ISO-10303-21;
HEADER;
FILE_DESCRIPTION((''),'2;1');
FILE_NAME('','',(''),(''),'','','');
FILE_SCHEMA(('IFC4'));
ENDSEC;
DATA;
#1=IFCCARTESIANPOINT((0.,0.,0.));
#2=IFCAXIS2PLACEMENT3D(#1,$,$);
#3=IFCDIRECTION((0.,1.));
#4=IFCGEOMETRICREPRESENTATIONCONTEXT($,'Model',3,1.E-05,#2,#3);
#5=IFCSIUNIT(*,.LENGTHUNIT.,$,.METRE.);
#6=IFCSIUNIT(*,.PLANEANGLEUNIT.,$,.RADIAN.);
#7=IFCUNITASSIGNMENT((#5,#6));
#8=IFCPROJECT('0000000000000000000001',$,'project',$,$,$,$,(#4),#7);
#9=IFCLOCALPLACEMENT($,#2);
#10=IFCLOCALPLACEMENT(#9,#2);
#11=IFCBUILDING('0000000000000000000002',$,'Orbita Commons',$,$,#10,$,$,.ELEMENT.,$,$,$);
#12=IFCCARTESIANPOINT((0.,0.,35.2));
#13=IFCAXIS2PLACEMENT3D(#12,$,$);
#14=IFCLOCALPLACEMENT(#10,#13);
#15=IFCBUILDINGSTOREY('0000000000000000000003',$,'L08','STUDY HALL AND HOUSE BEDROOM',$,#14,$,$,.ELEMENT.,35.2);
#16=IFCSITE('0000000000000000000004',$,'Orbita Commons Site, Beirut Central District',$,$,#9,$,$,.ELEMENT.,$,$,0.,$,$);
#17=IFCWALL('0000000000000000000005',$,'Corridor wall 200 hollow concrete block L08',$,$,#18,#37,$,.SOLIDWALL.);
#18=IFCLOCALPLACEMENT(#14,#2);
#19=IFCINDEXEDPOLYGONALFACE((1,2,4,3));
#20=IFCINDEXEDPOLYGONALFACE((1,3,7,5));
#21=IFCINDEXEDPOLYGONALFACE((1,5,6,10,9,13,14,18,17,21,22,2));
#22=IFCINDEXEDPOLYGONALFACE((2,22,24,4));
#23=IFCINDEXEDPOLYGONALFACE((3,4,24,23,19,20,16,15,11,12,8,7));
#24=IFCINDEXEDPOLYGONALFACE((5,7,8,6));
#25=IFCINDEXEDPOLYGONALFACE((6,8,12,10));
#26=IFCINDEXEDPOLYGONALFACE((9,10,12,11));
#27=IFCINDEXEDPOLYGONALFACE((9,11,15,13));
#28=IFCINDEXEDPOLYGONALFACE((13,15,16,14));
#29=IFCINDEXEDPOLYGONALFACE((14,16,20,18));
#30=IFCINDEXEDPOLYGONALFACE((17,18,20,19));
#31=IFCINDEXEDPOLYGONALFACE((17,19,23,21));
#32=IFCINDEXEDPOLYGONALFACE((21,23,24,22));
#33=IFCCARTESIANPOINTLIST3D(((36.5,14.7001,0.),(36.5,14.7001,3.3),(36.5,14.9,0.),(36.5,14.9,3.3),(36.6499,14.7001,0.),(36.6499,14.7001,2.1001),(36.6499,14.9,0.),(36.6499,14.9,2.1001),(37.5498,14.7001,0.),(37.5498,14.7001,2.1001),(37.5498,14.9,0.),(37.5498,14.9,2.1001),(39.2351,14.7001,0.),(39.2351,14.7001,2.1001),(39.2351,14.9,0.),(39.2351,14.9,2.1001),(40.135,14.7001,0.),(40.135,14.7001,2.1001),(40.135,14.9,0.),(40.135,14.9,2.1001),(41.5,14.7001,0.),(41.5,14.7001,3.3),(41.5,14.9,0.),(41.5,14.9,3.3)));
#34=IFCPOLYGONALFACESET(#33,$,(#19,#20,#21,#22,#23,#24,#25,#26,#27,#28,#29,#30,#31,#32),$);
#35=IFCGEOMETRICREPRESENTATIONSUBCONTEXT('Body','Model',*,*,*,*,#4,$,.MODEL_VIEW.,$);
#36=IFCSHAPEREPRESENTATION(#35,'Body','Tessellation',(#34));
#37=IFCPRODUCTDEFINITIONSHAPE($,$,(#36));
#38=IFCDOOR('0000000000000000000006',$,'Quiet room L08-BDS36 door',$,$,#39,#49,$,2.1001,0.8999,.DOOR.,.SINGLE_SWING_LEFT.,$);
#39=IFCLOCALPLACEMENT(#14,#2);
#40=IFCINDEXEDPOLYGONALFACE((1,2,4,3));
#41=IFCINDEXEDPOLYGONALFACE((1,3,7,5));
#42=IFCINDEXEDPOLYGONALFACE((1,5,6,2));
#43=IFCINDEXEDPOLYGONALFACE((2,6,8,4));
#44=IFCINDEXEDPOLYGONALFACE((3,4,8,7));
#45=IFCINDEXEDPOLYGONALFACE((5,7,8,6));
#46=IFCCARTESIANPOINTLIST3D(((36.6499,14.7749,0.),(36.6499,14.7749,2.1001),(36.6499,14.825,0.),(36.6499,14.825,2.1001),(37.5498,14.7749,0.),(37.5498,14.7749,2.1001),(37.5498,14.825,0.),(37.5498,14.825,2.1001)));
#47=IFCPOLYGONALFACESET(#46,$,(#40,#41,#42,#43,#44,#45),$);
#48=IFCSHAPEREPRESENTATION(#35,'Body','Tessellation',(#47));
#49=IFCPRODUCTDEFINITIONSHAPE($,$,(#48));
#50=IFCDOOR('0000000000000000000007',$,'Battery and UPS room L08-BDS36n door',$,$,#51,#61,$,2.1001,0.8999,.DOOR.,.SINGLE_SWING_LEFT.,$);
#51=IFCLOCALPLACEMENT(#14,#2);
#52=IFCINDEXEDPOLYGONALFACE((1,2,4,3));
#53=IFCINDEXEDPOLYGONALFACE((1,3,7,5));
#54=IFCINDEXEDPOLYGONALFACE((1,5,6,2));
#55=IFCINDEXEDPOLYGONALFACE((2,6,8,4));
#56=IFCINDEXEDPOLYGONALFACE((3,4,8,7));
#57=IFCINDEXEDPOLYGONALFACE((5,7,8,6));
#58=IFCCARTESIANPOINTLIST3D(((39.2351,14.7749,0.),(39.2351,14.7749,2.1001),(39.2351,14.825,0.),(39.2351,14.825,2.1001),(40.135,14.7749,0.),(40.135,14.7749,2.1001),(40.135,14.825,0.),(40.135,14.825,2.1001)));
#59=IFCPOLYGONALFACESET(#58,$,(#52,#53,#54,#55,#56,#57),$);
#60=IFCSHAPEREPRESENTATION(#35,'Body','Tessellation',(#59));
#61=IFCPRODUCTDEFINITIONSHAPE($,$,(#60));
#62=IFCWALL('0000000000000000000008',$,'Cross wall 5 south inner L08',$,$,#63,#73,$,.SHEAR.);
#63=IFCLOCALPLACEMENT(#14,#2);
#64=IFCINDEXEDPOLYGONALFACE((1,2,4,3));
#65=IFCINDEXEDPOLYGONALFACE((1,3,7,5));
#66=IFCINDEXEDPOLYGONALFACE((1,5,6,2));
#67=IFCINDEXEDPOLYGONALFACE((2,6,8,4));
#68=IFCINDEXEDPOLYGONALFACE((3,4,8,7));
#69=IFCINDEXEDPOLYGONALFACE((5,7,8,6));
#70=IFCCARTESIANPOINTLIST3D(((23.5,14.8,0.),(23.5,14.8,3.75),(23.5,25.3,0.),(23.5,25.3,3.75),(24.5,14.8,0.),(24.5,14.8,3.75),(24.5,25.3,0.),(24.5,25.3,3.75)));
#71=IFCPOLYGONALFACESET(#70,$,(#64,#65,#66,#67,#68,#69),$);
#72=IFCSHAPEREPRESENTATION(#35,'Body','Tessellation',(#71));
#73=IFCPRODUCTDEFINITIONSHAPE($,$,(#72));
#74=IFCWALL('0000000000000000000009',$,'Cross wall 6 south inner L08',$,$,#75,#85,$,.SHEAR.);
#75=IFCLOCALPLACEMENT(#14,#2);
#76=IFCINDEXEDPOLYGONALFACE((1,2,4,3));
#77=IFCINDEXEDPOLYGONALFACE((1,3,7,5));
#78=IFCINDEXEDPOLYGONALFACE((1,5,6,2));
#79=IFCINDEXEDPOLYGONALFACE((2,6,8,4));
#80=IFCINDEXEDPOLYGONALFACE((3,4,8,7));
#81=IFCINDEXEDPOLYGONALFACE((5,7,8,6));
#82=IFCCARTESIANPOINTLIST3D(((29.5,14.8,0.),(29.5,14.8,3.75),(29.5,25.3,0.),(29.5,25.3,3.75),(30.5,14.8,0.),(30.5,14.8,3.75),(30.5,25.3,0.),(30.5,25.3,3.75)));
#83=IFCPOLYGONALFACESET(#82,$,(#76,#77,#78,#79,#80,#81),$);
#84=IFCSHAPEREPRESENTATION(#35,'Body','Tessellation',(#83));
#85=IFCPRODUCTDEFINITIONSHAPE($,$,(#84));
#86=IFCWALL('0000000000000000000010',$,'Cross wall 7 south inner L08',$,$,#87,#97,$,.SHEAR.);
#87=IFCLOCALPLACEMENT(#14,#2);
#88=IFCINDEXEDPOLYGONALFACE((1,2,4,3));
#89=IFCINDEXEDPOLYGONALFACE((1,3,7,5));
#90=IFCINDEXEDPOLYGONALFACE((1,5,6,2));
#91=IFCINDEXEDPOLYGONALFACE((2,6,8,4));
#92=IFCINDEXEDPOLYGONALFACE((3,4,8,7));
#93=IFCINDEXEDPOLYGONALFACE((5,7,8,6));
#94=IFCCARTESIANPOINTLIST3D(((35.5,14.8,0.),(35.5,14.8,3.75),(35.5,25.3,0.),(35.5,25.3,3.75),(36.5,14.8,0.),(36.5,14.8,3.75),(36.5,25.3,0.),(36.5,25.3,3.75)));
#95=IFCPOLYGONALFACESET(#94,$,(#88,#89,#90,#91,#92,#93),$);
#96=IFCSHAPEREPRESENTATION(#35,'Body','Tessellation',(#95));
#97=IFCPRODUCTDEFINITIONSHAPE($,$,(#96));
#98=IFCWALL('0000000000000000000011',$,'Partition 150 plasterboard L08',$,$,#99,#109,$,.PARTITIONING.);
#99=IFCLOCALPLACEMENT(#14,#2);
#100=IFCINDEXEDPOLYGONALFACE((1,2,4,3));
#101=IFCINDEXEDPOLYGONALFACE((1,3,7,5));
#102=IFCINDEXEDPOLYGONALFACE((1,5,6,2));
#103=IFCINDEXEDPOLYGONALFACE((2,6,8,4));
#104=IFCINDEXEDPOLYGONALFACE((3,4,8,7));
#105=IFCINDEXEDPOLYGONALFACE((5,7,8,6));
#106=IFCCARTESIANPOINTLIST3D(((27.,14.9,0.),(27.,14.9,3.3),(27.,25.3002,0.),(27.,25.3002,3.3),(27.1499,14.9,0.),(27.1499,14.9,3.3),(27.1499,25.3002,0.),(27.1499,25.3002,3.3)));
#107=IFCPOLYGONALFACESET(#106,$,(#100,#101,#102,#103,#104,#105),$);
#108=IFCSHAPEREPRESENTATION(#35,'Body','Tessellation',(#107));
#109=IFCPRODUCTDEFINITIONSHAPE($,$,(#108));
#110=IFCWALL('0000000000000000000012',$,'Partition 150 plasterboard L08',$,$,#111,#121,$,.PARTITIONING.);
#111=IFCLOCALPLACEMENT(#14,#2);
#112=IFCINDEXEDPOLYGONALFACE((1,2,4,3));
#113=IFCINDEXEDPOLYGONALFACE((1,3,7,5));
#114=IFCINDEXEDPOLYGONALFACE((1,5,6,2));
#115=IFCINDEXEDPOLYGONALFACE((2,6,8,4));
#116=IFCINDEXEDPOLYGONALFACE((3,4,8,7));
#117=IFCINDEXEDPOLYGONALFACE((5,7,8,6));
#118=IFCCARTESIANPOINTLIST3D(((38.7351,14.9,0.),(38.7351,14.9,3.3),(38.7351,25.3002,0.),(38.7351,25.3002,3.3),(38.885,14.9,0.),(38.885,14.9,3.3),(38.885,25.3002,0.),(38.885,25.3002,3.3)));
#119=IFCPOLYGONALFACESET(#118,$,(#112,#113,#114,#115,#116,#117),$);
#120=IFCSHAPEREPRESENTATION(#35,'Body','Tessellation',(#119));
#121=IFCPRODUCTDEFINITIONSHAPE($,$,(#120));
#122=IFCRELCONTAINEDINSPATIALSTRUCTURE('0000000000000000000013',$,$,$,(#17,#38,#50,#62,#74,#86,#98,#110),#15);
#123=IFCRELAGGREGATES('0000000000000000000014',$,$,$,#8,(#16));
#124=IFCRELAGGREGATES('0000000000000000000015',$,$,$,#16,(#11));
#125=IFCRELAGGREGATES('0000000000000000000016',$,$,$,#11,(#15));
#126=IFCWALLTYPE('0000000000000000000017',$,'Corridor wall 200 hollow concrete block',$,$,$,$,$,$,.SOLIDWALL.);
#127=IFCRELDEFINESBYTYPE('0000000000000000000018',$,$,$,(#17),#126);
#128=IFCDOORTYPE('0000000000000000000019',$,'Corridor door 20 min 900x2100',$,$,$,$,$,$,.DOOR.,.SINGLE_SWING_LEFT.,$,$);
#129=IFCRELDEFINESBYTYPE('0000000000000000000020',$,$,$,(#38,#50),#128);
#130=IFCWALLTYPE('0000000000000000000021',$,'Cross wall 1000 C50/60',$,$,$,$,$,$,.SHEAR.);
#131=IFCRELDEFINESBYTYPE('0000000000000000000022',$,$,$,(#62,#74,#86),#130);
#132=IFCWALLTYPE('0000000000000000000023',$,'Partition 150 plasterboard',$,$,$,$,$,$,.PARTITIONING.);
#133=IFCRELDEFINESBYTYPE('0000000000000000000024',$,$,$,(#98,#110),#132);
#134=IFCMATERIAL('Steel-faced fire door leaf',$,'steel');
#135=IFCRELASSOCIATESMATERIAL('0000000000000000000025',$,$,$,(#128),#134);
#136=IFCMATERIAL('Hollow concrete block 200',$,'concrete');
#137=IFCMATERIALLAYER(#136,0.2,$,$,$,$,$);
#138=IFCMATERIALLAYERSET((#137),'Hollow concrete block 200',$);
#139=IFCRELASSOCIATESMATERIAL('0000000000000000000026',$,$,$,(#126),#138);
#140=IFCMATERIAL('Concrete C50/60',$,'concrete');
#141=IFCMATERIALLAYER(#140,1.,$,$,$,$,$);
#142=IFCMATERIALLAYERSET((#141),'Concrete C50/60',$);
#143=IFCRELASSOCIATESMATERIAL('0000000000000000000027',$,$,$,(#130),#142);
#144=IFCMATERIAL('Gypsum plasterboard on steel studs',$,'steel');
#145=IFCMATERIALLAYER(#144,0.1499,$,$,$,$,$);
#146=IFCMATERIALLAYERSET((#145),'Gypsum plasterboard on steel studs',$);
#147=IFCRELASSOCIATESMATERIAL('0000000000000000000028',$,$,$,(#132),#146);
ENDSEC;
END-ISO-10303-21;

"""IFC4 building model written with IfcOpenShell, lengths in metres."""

from ifc_helpers import new_model, si_unit, direction, frame, frame_2d, origin, place, context, subcontext, project, spatial, rectangle, extrude, material, layer, layer_set, type_object, element, fill, save


model = new_model("IFC4")

# Units and contexts
model_context = context("Model", 3, precision=1e-05, world=origin(), true_north=direction((0.0, 1.0)))
body_context = subcontext(model_context, "Body", "Model", "MODEL_VIEW")
ifc_project = project(units=[si_unit("LENGTHUNIT", "METRE"), si_unit("PLANEANGLEUNIT", "RADIAN")], contexts=[model_context])

# Site, building, storey
site_placement = place(None, origin())
site = spatial("IfcSite", under=ifc_project, at=site_placement, Name="Orbita Commons Site, Beirut Central District", CompositionType="ELEMENT", RefElevation=0.0)
building_placement = place(site_placement, origin())
building = spatial("IfcBuilding", under=site, at=building_placement, Name="Orbita Commons", CompositionType="ELEMENT")
storey_placement = place(building_placement, frame((0.0, 0.0, 35.2)))
storey = spatial("IfcBuildingStorey", under=building, at=storey_placement, Name="L08", Description="STUDY HALL AND HOUSE BEDROOM", CompositionType="ELEMENT", Elevation=35.2)

# Shared definitions
ifc_material_1 = material(Name="Steel-faced fire door leaf", Category="steel")
door_type_1 = type_object("IfcDoorType", Name="Corridor door 20 min 900x2100", OperationType="SINGLE_SWING_LEFT", PredefinedType="DOOR", material=ifc_material_1)

# Shared definitions
ifc_material_2 = material(Name="Hollow concrete block 200", Category="concrete")
ifc_layer_1 = layer(ifc_material_2, 0.2)
ifc_layer_set_1 = layer_set([ifc_layer_1], Name="Hollow concrete block 200")
wall_type_1 = type_object("IfcWallType", Name="Corridor wall 200 hollow concrete block", PredefinedType="SOLIDWALL", material=ifc_layer_set_1)

# Wall, openings, doors
wall_1_placement = place(storey_placement, frame((36.5, 14.8, 0.0), z_axis=(0.0, 0.0, 1.0), x_axis=(1.0, 0.0, 0.0)))
wall_1 = element("IfcWall", 1, at=wall_1_placement, inside=storey, type_object=wall_type_1, Name="Corridor wall 200 hollow concrete block L08", PredefinedType="SOLIDWALL", context=body_context, shape_type="SweptSolid", body=[
    extrude(rectangle(XDim=5.0, YDim=0.2, at=frame_2d((2.5, 0.0))), origin(), (0.0, 0.0, 1.0), 3.3),
])
opening_1_placement = place(wall_1_placement, frame((0.1499, 0.0, 0.0)))
opening_1 = element("IfcOpeningElement", 2, at=opening_1_placement, cuts=wall_1, PredefinedType="OPENING", context=body_context, shape_type="SweptSolid", body=[
    extrude(rectangle(XDim=0.8999, YDim=2.1001, at=frame_2d((0.45, 1.05))), frame((0.0, 0.1099, 0.0), z_axis=(0.0, -1.0, 0.0), x_axis=(1.0, 0.0, 0.0)), (0.0, 0.0, 1.0), 0.22),
])
opening_2_placement = place(wall_1_placement, frame((2.7351, 0.0, 0.0)))
opening_2 = element("IfcOpeningElement", 3, at=opening_2_placement, cuts=wall_1, PredefinedType="OPENING", context=body_context, shape_type="SweptSolid", body=[
    extrude(rectangle(XDim=0.8999, YDim=2.1001, at=frame_2d((0.45, 1.05))), frame((0.0, 0.1099, 0.0), z_axis=(0.0, -1.0, 0.0), x_axis=(1.0, 0.0, 0.0)), (0.0, 0.0, 1.0), 0.22),
])
door_1_placement = place(opening_1_placement, origin())
door_1 = element("IfcDoor", 4, at=door_1_placement, inside=storey, type_object=door_type_1, Name="Quiet room L08-BDS36 door", OperationType="SINGLE_SWING_LEFT", OverallHeight=2.1001, OverallWidth=0.8999, PredefinedType="DOOR", context=body_context, shape_type="SweptSolid", body=[
    extrude(rectangle(XDim=0.8999, YDim=2.1001, at=frame_2d((0.45, 1.05))), frame((0.0, 0.0249, 0.0), z_axis=(0.0, -1.0, 0.0), x_axis=(1.0, 0.0, 0.0)), (0.0, 0.0, 1.0), 0.05),
])
fill(opening_1, door_1)
door_2_placement = place(opening_2_placement, origin())
door_2 = element("IfcDoor", 5, at=door_2_placement, inside=storey, type_object=door_type_1, Name="Battery and UPS room L08-BDS36n door", OperationType="SINGLE_SWING_LEFT", OverallHeight=2.1001, OverallWidth=0.8999, PredefinedType="DOOR", context=body_context, shape_type="SweptSolid", body=[
    extrude(rectangle(XDim=0.8999, YDim=2.1001, at=frame_2d((0.45, 1.05))), frame((0.0, 0.0249, 0.0), z_axis=(0.0, -1.0, 0.0), x_axis=(1.0, 0.0, 0.0)), (0.0, 0.0, 1.0), 0.05),
])
fill(opening_2, door_2)

# Walls
ifc_material_3 = material(Name="Concrete C50/60", Category="concrete")
ifc_layer_2 = layer(ifc_material_3, 1.0)
ifc_layer_set_2 = layer_set([ifc_layer_2], Name="Concrete C50/60")
wall_type_2 = type_object("IfcWallType", Name="Cross wall 1000 C50/60", PredefinedType="SHEAR", material=ifc_layer_set_2)
for number, where, z_axis, x_axis, name in (
    (6, (24.0, 14.8, 0.0), (0.0, 0.0, 1.0), (0.0, 1.0, 0.0), "Cross wall 5 south inner L08"),
    (7, (30.0, 14.8, 0.0), (0.0, 0.0, 1.0), (0.0, 1.0, 0.0), "Cross wall 6 south inner L08"),
    (8, (36.0, 14.8, 0.0), (0.0, 0.0, 1.0), (0.0, 1.0, 0.0), "Cross wall 7 south inner L08"),
):
    element("IfcWall", number, at=place(storey_placement, frame(where, z_axis=z_axis, x_axis=x_axis)), inside=storey, type_object=wall_type_2, Name=name, PredefinedType="SHEAR", context=body_context, shape_type="SweptSolid", body=[
        extrude(rectangle(XDim=10.5, YDim=1.0, at=frame_2d((5.25, 0.0))), origin(), (0.0, 0.0, 1.0), 3.75),
    ])
ifc_material_4 = material(Name="Gypsum plasterboard on steel studs", Category="steel")
ifc_layer_3 = layer(ifc_material_4, 0.1499)
ifc_layer_set_3 = layer_set([ifc_layer_3], Name="Gypsum plasterboard on steel studs")
wall_type_3 = type_object("IfcWallType", Name="Partition 150 plasterboard", PredefinedType="PARTITIONING", material=ifc_layer_set_3)
for number, where, z_axis, x_axis, name in (
    (9, (27.075, 14.8999, 0.0), (0.0, 0.0, 1.0), (0.0, 1.0, 0.0), "Partition 150 plasterboard L08"),
    (10, (38.8101, 14.8999, 0.0), (0.0, 0.0, 1.0), (0.0, 1.0, 0.0), "Partition 150 plasterboard L08"),
):
    element("IfcWall", number, at=place(storey_placement, frame(where, z_axis=z_axis, x_axis=x_axis)), inside=storey, type_object=wall_type_3, Name=name, PredefinedType="PARTITIONING", context=body_context, shape_type="SweptSolid", body=[
        extrude(rectangle(XDim=10.4001, YDim=0.1499, at=frame_2d((5.2002, 0.0))), origin(), (0.0, 0.0, 1.0), 3.3),
    ])

save(model, "model.ifc")
